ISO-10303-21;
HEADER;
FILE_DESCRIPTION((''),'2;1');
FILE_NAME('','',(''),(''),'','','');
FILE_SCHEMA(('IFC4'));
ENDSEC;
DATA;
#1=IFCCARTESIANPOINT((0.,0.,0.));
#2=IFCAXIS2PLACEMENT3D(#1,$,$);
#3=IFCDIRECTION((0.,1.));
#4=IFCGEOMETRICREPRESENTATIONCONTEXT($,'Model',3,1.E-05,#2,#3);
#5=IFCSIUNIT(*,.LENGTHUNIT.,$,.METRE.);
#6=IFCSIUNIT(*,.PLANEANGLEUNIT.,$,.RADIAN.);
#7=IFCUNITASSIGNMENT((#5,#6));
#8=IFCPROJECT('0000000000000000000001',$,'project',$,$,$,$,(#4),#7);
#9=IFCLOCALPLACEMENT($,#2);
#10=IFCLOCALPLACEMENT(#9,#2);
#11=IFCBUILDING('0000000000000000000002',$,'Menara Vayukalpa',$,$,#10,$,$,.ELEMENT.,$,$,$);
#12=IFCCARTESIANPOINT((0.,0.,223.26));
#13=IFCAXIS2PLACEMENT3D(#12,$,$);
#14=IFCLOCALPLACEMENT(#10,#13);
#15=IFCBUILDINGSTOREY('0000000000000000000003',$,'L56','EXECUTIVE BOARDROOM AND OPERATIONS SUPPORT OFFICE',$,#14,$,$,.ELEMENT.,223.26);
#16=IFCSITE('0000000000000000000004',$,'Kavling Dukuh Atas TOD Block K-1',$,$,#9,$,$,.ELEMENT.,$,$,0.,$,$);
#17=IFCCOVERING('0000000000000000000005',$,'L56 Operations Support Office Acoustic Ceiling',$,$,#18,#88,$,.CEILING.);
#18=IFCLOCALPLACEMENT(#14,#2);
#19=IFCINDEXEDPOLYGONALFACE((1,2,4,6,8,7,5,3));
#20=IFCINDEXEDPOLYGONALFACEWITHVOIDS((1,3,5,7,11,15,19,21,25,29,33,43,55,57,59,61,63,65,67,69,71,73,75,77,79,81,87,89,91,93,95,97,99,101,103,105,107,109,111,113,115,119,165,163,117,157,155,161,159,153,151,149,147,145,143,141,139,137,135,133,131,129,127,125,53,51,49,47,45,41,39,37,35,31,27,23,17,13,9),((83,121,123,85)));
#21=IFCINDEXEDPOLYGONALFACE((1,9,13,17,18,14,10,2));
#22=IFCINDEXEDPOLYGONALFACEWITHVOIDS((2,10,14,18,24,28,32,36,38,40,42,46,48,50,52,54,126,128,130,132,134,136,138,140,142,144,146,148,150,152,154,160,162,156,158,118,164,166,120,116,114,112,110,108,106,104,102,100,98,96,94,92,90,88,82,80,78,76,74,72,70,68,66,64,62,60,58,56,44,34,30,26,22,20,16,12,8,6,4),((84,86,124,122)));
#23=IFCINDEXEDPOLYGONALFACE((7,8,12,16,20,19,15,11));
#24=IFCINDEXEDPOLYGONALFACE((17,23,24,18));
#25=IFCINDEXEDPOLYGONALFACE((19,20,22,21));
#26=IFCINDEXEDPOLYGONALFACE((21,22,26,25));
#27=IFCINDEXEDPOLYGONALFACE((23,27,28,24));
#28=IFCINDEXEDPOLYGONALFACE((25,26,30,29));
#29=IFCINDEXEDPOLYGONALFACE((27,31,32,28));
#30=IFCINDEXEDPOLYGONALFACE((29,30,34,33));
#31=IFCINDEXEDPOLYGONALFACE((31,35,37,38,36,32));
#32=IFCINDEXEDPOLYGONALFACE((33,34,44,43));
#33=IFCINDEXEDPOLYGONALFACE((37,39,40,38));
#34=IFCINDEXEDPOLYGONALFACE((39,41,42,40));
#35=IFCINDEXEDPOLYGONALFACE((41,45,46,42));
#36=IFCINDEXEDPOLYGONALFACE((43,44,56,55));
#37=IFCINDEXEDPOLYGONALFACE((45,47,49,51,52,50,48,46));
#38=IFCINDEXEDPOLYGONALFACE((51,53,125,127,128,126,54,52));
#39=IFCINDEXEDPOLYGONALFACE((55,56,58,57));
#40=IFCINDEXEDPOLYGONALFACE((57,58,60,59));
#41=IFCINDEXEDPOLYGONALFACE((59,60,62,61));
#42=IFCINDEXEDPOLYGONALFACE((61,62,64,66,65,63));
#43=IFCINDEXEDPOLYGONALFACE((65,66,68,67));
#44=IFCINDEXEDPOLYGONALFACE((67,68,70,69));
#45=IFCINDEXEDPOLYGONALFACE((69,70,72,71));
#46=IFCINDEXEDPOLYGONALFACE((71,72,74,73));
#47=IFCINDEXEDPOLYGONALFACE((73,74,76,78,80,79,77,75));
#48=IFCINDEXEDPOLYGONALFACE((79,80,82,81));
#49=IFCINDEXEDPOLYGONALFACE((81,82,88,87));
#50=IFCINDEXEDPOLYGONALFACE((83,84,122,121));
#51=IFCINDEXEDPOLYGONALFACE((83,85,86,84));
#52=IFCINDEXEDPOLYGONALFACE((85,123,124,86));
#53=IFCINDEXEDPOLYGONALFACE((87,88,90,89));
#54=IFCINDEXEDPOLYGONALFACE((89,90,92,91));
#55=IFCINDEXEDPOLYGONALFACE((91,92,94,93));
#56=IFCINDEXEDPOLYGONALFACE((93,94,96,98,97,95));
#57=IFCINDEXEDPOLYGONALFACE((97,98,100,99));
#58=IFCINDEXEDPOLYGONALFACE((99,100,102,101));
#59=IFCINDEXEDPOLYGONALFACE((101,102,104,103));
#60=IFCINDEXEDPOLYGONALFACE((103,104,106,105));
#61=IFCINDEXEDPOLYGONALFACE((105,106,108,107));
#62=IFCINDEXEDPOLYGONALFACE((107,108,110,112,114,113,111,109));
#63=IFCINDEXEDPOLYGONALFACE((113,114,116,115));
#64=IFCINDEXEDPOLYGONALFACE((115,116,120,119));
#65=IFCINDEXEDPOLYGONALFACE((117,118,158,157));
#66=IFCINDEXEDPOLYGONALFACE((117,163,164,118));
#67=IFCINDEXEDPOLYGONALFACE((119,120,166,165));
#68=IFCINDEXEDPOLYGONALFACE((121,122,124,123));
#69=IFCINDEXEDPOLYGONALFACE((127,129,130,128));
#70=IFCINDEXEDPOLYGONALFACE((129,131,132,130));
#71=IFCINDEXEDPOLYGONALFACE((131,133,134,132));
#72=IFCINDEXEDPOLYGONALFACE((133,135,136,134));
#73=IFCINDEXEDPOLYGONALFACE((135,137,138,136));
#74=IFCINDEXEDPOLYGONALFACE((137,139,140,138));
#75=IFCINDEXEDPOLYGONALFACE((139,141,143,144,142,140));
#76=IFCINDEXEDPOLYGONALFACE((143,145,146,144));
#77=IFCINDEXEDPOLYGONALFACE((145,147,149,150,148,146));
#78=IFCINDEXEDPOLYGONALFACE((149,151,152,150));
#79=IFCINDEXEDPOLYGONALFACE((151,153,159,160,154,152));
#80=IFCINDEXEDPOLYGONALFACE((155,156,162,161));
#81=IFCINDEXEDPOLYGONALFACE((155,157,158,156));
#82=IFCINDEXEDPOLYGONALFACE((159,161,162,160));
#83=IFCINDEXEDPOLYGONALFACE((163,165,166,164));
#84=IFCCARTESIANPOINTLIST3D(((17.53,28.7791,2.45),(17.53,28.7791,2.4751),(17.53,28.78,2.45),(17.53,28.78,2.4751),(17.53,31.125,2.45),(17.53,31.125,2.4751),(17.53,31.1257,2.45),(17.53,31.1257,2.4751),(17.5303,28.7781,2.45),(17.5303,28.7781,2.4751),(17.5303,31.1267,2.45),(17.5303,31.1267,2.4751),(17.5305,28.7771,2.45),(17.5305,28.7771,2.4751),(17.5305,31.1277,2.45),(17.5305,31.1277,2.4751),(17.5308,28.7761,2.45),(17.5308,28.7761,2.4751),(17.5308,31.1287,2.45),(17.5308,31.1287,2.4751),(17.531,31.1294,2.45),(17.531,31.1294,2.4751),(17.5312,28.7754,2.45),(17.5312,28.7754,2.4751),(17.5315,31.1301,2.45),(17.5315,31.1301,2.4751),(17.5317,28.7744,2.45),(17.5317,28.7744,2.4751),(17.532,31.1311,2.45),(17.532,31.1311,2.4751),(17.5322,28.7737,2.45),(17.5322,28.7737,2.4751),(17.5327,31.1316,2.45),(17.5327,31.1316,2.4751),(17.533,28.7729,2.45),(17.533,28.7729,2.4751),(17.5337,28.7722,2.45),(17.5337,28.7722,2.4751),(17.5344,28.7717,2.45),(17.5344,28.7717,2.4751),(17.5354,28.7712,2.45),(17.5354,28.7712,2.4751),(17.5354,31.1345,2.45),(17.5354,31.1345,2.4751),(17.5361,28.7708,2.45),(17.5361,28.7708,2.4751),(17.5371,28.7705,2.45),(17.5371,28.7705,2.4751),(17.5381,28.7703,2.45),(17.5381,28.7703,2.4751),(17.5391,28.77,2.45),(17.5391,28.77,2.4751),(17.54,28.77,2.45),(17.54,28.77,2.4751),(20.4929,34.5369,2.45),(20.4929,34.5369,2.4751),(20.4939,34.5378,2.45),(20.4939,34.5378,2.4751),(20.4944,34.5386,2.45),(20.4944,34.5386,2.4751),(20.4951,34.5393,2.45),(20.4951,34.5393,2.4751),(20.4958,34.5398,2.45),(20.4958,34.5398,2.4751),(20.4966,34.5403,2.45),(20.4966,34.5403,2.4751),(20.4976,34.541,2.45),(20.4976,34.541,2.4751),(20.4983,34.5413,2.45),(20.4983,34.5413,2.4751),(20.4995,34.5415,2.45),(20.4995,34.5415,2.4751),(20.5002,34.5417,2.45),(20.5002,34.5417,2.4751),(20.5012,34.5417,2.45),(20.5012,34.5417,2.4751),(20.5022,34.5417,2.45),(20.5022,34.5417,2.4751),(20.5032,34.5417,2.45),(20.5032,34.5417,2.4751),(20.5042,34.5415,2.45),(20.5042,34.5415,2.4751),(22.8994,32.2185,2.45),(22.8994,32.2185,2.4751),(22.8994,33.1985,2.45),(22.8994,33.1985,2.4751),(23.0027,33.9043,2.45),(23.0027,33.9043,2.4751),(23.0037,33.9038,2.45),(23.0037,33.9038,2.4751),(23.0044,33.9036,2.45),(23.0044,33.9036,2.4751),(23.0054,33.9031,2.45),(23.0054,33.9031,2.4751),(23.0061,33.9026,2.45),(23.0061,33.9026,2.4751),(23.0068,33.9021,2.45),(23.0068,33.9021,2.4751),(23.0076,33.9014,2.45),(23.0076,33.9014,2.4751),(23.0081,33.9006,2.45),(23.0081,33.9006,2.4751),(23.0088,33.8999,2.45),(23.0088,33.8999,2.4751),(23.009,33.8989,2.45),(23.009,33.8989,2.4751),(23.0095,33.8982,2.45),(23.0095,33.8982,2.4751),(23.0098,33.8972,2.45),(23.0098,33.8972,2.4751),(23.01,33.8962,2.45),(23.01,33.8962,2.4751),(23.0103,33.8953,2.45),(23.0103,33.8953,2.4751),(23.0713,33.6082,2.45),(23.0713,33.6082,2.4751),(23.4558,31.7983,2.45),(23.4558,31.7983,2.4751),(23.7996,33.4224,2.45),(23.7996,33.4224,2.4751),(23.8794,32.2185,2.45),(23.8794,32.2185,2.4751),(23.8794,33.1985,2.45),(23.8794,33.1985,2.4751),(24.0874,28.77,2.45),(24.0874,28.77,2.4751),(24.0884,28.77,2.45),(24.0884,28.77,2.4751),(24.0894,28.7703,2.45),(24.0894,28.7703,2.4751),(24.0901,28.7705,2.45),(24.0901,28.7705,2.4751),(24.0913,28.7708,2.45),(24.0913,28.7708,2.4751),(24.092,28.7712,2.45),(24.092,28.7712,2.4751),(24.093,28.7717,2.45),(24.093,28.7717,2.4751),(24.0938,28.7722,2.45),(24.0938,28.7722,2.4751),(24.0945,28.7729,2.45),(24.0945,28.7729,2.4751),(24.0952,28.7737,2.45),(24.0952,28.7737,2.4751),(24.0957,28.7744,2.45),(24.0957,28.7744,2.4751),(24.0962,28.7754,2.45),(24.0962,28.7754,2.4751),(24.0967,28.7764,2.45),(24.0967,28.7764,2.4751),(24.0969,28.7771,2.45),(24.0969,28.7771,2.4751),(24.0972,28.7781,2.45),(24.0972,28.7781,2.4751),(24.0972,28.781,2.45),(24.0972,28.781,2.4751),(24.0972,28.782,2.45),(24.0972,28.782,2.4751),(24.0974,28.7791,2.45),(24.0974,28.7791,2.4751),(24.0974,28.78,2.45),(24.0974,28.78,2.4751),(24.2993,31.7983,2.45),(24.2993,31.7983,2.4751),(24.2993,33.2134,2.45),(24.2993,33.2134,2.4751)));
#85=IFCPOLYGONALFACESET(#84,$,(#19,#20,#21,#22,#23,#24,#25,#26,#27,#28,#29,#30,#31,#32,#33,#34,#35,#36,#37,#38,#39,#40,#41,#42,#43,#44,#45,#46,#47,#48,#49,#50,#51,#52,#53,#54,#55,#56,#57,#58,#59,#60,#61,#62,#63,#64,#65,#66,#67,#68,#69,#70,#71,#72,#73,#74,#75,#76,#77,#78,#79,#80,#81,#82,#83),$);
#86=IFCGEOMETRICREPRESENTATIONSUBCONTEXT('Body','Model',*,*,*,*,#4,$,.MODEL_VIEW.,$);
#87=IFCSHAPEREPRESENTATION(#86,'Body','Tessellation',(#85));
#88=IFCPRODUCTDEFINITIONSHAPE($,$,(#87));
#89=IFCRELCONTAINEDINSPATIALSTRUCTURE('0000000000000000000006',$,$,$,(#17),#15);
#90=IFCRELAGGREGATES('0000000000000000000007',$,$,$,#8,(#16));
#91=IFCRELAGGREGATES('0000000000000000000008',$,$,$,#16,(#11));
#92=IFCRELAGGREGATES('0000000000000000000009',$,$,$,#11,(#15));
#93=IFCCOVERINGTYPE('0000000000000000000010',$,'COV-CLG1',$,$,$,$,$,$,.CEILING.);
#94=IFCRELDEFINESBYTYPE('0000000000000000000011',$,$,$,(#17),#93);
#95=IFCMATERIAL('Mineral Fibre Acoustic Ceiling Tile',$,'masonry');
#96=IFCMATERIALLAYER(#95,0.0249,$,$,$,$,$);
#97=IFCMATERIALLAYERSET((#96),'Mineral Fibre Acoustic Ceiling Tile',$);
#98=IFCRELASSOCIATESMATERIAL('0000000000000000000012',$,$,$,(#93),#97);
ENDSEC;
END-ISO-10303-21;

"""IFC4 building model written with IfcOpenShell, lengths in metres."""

from ifc_helpers import new_model, si_unit, direction, frame, origin, place, context, subcontext, project, spatial, polyline, outline, extrude, material, layer, layer_set, type_object, element, save


model = new_model("IFC4")

# Units and contexts
model_context = context("Model", 3, precision=1e-05, world=origin(), true_north=direction((0.0, 1.0)))
body_context = subcontext(model_context, "Body", "Model", "MODEL_VIEW")
ifc_project = project(units=[si_unit("LENGTHUNIT", "METRE"), si_unit("PLANEANGLEUNIT", "RADIAN")], contexts=[model_context])

# Site, building, storey
site_placement = place(None, origin())
site = spatial("IfcSite", under=ifc_project, at=site_placement, Name="Kavling Dukuh Atas TOD Block K-1", CompositionType="ELEMENT", RefElevation=0.0)
building_placement = place(site_placement, origin())
building = spatial("IfcBuilding", under=site, at=building_placement, Name="Menara Vayukalpa", CompositionType="ELEMENT")
storey_placement = place(building_placement, frame((0.0, 0.0, 223.26)))
storey = spatial("IfcBuildingStorey", under=building, at=storey_placement, Name="L56", Description="EXECUTIVE BOARDROOM AND OPERATIONS SUPPORT OFFICE", CompositionType="ELEMENT", Elevation=223.26)

# Covering
ifc_material_1 = material(Name="Mineral Fibre Acoustic Ceiling Tile", Category="masonry")
ifc_layer_1 = layer(ifc_material_1, 0.0249)
ifc_layer_set_1 = layer_set([ifc_layer_1], Name="Mineral Fibre Acoustic Ceiling Tile")
covering_type_1 = type_object("IfcCoveringType", Name="COV-CLG1", PredefinedType="CEILING", material=ifc_layer_set_1)
covering_1_placement = place(storey_placement, frame((0.0, 0.0, 2.45)))
element("IfcCovering", 1, at=covering_1_placement, inside=storey, type_object=covering_type_1, Name="L56 Operations Support Office Acoustic Ceiling", PredefinedType="CEILING", context=body_context, shape_type="SweptSolid", body=[
    extrude(outline(polyline([(23.0044, 33.9036), (23.0054, 33.9031), (23.0061, 33.9026), (23.0068, 33.9021), (23.0076, 33.9014), (23.0081, 33.9006), (23.0088, 33.8999), (23.009, 33.8989), (23.0095, 33.8982), (23.0098, 33.8972), (23.01, 33.8962), (23.0103, 33.8953), (23.0713, 33.6082), (23.7996, 33.4224), (24.2993, 33.2134), (24.2993, 31.7983), (23.4558, 31.7983), (24.0972, 28.782), (24.0972, 28.781), (24.0974, 28.78), (24.0974, 28.7791), (24.0972, 28.7781), (24.0969, 28.7771), (24.0967, 28.7764), (24.0962, 28.7754), (24.0957, 28.7744), (24.0952, 28.7737), (24.0945, 28.7729), (24.0938, 28.7722), (24.093, 28.7717), (24.092, 28.7712), (24.0913, 28.7708), (24.0901, 28.7705), (24.0894, 28.7703), (24.0884, 28.77), (24.0874, 28.77), (17.54, 28.77), (17.5391, 28.77), (17.5381, 28.7703), (17.5371, 28.7705), (17.5361, 28.7708), (17.5354, 28.7712), (17.5344, 28.7717), (17.5337, 28.7722), (17.533, 28.7729), (17.5322, 28.7737), (17.5317, 28.7744), (17.5312, 28.7754), (17.5308, 28.7761), (17.5305, 28.7771), (17.5303, 28.7781), (17.53, 28.7791), (17.53, 28.78), (17.53, 31.125), (17.53, 31.1257), (17.5303, 31.1267), (17.5305, 31.1277), (17.5308, 31.1287), (17.531, 31.1294), (17.5315, 31.1301), (17.532, 31.1311), (17.5327, 31.1316), (17.5354, 31.1345), (20.4929, 34.5369), (20.4939, 34.5378), (20.4944, 34.5386), (20.4951, 34.5393), (20.4958, 34.5398), (20.4966, 34.5403), (20.4976, 34.541), (20.4983, 34.5413), (20.4995, 34.5415), (20.5002, 34.5417), (20.5012, 34.5417), (20.5022, 34.5417), (20.5032, 34.5417), (20.5042, 34.5415), (23.0027, 33.9043), (23.0037, 33.9038), (23.0044, 33.9036)]), holes=[polyline([(23.8794, 33.1985), (22.8994, 33.1985), (22.8994, 32.2185), (23.8794, 32.2185), (23.8794, 33.1985)])]), origin(), (0.0, 0.0, 1.0), 0.0251),
])

save(model, "model.ifc")
